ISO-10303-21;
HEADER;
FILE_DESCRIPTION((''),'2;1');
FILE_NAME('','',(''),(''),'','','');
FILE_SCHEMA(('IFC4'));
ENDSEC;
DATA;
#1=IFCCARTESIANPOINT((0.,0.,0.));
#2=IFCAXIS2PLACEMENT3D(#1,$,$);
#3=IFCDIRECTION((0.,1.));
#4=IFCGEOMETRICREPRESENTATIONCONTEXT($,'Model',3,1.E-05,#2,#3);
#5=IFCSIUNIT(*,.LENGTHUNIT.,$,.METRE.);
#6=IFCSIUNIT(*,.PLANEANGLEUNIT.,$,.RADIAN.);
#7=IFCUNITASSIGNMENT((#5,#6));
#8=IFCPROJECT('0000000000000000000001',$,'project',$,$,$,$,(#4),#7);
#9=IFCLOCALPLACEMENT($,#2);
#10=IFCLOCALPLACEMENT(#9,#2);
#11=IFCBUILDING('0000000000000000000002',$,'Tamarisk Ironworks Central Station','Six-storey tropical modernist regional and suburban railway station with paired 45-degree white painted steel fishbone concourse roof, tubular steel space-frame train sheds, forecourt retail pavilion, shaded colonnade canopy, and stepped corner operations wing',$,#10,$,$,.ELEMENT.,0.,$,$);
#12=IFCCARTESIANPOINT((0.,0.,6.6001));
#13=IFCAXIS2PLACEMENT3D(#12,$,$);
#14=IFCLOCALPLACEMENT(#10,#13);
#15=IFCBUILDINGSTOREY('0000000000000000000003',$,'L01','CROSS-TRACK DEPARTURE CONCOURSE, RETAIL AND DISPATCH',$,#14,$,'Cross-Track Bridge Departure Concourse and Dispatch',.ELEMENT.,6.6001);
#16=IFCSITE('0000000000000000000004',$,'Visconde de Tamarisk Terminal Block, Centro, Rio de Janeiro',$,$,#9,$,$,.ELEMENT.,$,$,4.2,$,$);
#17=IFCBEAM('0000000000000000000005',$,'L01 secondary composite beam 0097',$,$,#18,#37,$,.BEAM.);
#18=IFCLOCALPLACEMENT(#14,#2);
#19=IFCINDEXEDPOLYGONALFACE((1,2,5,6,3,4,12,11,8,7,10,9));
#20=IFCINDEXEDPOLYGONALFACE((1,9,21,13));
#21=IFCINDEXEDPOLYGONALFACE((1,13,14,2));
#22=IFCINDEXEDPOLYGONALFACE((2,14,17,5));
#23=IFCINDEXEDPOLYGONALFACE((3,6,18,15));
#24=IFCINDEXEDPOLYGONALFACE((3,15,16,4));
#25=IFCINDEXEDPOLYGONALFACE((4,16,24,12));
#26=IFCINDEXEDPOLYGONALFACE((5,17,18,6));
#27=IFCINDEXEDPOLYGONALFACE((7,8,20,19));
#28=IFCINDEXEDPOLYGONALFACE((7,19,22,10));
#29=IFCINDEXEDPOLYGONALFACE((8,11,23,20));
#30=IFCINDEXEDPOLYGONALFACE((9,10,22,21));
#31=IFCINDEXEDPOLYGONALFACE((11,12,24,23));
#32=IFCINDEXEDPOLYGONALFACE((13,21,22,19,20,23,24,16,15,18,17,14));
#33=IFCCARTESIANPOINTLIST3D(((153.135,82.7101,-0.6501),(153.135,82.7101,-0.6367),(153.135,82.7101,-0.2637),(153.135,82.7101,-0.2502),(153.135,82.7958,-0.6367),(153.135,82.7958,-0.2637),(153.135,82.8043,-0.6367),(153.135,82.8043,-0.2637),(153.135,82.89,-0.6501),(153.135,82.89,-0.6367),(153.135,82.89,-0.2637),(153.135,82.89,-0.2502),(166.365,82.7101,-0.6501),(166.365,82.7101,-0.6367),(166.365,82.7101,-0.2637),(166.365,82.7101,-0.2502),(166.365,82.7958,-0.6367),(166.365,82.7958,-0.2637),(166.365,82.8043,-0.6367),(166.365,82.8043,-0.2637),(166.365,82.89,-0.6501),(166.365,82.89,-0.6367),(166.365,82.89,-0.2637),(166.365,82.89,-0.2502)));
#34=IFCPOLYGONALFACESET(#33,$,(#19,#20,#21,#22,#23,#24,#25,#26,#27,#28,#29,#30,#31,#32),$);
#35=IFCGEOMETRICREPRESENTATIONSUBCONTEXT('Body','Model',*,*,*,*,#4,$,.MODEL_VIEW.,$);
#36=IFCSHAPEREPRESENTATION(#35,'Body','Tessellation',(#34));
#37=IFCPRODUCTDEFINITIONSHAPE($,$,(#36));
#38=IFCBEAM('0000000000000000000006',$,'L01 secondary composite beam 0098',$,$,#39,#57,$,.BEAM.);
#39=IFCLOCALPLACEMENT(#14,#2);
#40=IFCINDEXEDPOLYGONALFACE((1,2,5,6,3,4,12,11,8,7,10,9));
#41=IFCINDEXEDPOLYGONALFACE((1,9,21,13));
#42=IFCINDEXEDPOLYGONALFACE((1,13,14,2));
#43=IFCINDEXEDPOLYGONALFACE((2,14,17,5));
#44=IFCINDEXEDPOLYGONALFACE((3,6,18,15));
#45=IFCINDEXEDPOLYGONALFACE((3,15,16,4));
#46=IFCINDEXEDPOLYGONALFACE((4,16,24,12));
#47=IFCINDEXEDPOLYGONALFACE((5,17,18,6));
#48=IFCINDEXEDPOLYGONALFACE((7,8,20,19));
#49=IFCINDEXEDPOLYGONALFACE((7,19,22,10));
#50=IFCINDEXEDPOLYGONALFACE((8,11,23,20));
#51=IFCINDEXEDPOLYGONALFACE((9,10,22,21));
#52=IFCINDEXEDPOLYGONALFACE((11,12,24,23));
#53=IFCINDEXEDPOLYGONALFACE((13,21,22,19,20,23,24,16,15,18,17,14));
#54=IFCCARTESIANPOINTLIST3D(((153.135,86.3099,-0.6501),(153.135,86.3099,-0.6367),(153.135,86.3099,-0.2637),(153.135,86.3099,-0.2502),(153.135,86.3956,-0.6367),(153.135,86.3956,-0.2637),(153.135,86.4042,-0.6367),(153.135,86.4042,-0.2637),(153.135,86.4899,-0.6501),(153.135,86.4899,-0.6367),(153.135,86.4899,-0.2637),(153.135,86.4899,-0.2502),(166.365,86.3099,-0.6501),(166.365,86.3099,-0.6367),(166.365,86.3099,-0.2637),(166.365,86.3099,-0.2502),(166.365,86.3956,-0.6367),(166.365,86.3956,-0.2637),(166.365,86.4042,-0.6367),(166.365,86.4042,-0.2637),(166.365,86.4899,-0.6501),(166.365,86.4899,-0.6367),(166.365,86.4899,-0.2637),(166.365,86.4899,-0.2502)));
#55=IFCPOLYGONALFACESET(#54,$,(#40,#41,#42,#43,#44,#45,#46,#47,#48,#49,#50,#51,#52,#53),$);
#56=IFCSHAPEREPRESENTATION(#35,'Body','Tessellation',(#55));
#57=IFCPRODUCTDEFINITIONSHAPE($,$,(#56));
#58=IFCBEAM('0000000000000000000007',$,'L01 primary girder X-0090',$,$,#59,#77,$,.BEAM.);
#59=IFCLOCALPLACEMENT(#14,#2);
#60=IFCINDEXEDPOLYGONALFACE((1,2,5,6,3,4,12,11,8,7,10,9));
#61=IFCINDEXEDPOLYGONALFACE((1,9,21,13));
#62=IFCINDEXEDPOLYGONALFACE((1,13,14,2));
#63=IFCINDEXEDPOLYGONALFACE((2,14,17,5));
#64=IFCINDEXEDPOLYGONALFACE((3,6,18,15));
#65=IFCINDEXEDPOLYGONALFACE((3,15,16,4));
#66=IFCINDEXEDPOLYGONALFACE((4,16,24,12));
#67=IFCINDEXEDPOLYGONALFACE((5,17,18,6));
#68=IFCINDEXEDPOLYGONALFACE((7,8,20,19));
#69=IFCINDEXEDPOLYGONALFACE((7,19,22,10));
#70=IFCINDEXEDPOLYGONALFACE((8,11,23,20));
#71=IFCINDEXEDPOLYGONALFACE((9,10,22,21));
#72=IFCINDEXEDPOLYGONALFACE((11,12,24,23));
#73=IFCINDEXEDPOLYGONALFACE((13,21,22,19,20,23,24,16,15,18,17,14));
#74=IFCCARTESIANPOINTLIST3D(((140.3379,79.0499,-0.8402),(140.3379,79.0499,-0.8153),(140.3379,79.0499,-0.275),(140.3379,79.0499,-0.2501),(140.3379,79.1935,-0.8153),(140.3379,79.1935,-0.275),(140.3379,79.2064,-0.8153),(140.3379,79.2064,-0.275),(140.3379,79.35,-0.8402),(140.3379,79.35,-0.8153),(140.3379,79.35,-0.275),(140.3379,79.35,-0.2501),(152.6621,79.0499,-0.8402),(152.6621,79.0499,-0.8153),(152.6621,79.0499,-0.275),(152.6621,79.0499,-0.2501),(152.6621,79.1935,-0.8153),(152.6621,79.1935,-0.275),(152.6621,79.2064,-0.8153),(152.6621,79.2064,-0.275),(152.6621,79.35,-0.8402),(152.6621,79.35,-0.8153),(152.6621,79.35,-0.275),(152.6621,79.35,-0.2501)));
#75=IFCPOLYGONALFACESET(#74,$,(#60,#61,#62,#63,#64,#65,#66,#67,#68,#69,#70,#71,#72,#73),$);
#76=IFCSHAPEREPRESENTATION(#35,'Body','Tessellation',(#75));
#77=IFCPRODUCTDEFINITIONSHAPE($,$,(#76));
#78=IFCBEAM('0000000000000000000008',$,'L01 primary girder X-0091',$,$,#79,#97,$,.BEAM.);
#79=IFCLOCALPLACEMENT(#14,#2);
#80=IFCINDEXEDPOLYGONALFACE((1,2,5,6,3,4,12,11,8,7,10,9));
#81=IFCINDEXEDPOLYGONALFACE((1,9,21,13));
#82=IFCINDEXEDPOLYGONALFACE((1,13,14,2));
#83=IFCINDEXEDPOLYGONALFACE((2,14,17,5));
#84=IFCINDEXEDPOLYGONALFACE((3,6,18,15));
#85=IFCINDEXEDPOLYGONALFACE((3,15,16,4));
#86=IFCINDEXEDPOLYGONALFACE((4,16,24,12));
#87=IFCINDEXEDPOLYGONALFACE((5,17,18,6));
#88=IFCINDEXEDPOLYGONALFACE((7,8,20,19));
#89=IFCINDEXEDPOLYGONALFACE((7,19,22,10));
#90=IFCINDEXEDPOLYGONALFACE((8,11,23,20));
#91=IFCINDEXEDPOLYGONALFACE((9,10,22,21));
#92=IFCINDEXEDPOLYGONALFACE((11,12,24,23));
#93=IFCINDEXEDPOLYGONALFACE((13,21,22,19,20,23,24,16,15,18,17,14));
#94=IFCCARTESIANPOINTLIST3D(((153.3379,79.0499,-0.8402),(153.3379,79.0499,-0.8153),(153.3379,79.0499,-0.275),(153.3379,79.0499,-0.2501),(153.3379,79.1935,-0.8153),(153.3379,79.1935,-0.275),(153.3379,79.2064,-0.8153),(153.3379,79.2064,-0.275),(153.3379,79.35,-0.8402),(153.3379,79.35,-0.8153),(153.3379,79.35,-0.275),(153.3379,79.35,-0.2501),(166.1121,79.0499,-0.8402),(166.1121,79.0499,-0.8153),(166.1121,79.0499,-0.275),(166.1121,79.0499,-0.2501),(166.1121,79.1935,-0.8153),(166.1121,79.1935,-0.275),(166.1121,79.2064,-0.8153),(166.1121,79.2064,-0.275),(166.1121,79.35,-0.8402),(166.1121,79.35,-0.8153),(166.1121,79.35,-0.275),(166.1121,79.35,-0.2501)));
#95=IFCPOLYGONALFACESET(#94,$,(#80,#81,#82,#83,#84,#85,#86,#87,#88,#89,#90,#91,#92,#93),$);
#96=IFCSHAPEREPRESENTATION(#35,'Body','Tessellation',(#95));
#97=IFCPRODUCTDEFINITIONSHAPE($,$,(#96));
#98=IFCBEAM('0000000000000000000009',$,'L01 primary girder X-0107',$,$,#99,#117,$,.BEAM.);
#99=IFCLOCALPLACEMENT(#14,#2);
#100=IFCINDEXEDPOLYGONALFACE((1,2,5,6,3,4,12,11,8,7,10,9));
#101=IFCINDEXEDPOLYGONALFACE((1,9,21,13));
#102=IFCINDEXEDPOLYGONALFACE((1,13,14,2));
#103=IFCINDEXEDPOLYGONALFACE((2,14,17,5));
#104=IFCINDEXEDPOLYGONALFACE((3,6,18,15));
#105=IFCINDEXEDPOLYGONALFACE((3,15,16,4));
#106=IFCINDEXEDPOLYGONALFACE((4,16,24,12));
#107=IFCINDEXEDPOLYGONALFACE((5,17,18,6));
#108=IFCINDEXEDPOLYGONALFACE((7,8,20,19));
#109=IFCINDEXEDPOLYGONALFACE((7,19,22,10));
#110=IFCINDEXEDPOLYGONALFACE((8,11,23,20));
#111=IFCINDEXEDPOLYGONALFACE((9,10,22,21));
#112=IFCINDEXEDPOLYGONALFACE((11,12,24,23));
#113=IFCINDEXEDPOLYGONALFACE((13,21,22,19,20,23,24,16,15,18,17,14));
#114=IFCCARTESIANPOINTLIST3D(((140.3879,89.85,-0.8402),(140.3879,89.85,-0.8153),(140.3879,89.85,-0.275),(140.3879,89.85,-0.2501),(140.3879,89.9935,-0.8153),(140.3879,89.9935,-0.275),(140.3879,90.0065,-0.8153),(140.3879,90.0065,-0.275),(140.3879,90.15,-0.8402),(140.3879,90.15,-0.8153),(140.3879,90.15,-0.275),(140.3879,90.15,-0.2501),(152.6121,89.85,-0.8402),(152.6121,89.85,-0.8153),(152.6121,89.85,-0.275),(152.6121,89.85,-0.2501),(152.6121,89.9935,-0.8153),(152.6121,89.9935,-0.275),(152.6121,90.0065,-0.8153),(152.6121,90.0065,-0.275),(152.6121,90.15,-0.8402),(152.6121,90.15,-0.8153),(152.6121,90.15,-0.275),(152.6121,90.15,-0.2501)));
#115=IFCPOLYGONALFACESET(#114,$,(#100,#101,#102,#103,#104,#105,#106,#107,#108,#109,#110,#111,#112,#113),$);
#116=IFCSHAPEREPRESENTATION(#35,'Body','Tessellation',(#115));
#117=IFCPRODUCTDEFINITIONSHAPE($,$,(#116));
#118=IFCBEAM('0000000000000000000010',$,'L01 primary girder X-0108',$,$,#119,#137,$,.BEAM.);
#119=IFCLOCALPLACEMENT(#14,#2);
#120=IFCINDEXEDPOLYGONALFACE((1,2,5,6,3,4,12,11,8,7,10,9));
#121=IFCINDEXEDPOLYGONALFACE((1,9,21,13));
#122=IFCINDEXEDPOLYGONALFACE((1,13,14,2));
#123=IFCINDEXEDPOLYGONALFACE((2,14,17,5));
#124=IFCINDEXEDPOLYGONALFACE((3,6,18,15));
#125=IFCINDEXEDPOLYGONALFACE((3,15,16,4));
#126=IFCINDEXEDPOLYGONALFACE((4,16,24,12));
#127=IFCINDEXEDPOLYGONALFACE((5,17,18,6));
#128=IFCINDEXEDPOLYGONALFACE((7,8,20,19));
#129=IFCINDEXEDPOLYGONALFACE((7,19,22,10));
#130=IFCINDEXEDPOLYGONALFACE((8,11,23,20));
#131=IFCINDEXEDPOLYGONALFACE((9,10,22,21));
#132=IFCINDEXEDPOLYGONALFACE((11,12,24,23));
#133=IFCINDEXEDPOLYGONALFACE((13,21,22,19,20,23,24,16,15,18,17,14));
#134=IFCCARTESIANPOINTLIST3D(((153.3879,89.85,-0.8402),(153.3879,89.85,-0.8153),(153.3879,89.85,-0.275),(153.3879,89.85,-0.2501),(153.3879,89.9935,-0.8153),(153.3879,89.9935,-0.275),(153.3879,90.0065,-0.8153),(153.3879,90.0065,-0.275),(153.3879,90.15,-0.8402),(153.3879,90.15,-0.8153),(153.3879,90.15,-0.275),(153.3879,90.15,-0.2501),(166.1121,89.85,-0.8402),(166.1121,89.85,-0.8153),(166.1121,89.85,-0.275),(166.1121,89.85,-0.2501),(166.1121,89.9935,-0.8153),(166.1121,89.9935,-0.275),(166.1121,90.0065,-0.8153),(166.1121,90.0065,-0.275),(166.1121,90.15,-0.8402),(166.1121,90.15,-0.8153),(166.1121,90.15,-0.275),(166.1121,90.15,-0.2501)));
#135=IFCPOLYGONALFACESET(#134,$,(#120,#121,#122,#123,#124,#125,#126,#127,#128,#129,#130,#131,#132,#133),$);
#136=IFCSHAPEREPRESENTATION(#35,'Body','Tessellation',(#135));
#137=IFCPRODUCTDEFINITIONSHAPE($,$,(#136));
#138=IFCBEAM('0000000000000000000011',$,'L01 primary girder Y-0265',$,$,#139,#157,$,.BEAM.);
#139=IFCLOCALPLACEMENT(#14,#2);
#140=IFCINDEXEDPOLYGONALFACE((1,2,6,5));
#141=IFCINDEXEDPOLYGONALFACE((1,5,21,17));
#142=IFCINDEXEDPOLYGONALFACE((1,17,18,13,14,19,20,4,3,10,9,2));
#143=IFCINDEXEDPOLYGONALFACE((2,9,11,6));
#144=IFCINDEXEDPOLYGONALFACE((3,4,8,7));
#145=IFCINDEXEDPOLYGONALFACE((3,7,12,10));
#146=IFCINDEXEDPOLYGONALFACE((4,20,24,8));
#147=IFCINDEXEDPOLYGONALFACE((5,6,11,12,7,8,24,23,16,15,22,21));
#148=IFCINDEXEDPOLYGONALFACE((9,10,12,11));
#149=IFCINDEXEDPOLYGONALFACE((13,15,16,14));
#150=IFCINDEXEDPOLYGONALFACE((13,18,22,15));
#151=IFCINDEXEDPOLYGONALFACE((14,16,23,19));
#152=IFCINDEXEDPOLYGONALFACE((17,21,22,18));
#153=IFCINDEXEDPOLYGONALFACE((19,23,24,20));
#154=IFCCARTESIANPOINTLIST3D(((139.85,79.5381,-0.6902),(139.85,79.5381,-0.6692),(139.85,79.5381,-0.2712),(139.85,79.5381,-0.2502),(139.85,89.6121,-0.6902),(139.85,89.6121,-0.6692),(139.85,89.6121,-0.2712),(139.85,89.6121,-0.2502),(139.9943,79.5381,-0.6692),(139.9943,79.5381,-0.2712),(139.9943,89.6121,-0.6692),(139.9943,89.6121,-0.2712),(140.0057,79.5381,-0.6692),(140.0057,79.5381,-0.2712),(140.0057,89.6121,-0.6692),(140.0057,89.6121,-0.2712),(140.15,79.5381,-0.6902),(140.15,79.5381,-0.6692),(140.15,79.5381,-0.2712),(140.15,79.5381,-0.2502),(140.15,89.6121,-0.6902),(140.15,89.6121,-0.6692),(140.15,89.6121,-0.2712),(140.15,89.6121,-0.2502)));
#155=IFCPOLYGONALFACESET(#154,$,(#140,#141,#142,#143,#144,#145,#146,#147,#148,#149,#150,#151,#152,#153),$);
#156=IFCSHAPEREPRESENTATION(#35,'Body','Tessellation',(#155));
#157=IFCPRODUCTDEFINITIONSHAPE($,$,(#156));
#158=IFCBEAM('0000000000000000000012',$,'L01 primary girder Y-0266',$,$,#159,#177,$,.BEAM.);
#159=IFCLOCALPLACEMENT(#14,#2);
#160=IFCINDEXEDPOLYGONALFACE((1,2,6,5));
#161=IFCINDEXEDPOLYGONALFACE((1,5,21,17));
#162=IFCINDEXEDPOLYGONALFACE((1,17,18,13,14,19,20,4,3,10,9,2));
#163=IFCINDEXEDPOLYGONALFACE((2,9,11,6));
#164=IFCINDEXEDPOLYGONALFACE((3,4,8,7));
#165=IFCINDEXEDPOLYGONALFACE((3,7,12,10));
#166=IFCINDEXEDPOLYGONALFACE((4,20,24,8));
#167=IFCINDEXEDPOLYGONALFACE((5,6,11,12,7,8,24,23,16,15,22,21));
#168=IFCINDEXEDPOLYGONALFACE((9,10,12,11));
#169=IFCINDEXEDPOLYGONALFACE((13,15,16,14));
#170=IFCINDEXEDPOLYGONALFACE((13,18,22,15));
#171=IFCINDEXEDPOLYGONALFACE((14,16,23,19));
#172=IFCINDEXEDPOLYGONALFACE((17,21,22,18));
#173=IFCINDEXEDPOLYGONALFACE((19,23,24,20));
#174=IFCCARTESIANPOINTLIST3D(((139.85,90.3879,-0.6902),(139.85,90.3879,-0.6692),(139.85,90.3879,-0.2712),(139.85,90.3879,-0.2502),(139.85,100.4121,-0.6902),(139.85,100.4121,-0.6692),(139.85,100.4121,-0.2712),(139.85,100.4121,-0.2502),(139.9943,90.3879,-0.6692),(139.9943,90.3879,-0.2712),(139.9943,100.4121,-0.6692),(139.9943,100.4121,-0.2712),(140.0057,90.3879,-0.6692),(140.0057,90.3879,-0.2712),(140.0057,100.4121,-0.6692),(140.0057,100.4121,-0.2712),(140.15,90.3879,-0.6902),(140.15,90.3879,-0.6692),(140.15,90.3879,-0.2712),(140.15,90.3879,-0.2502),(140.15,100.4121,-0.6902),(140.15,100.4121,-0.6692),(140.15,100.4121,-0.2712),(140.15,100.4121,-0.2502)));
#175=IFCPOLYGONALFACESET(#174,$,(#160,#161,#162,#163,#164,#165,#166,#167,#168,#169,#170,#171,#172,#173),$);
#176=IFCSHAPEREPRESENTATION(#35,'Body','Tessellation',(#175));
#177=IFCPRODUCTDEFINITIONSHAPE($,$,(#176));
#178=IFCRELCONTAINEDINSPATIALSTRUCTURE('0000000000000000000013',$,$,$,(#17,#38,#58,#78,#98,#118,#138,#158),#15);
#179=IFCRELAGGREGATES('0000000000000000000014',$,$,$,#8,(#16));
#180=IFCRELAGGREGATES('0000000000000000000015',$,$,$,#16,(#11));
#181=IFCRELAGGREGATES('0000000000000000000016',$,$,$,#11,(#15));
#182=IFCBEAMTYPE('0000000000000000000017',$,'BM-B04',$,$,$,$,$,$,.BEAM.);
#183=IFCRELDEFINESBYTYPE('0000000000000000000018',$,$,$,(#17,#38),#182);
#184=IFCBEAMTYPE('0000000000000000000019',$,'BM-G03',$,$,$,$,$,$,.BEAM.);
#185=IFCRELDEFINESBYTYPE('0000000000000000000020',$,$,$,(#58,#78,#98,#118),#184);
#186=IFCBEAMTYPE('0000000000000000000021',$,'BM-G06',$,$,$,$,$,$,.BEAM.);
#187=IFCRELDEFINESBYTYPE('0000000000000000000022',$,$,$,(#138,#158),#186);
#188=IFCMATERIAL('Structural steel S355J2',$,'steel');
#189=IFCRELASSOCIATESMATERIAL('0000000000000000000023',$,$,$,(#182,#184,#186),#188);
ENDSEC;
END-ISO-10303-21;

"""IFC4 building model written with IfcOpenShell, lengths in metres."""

from ifc_helpers import new_model, si_unit, direction, frame, origin, origin_2d, place, context, subcontext, project, spatial, i_section, extrude, material, material_profile, profile_set, type_object, element, save


model = new_model("IFC4")

# Units and contexts
model_context = context("Model", 3, precision=1e-05, world=origin(), true_north=direction((0.0, 1.0)))
body_context = subcontext(model_context, "Body", "Model", "MODEL_VIEW")
ifc_project = project(units=[si_unit("LENGTHUNIT", "METRE"), si_unit("PLANEANGLEUNIT", "RADIAN")], contexts=[model_context])

# Site, building, storey
site_placement = place(None, origin())
site = spatial("IfcSite", under=ifc_project, at=site_placement, Name="Visconde de Tamarisk Terminal Block, Centro, Rio de Janeiro", CompositionType="ELEMENT", RefElevation=4.2)
building_placement = place(site_placement, origin())
building = spatial("IfcBuilding", under=site, at=building_placement, Name="Tamarisk Ironworks Central Station", Description="Six-storey tropical modernist regional and suburban railway station with paired 45-degree white painted steel fishbone concourse roof, tubular steel space-frame train sheds, forecourt retail pavilion, shaded colonnade canopy, and stepped corner operations wing", CompositionType="ELEMENT", ElevationOfRefHeight=0.0)
storey_placement = place(building_placement, frame((0.0, 0.0, 6.6001)))
storey = spatial("IfcBuildingStorey", under=building, at=storey_placement, Name="L01", Description="CROSS-TRACK DEPARTURE CONCOURSE, RETAIL AND DISPATCH", LongName="Cross-Track Bridge Departure Concourse and Dispatch", CompositionType="ELEMENT", Elevation=6.6001)

# Shared definitions
ifc_material_1 = material(Name="Structural steel S355J2", Category="steel")

# Beams
ifc_material_profile_1 = material_profile(ifc_material_1, i_section(OverallWidth=0.1799, OverallDepth=0.3999, WebThickness=0.0085, FlangeThickness=0.0134, at=origin_2d()), Name="IPE 400")
ifc_profile_set_1 = profile_set([ifc_material_profile_1], Name="Structural steel S355J2")
beam_type_1 = type_object("IfcBeamType", Name="BM-B04", PredefinedType="BEAM", material=ifc_profile_set_1)
for number, where, z_axis, x_axis, name in (
    (1, (153.135, 82.8, -0.4502), (1.0, 0.0, 0.0), (0.0, 1.0, 0.0), "L01 secondary composite beam 0097"),
    (2, (153.135, 86.3999, -0.4502), (1.0, 0.0, 0.0), (0.0, 1.0, 0.0), "L01 secondary composite beam 0098"),
):
    element("IfcBeam", number, at=place(storey_placement, frame(where, z_axis=z_axis, x_axis=x_axis)), inside=storey, type_object=beam_type_1, Name=name, PredefinedType="BEAM", context=body_context, shape_type="SweptSolid", body=[
        extrude(i_section(OverallWidth=0.1799, OverallDepth=0.3999, WebThickness=0.0085, FlangeThickness=0.0134, at=origin_2d()), origin(), (0.0, 0.0, 1.0), 13.23),
    ])
ifc_material_profile_2 = material_profile(ifc_material_1, i_section(OverallWidth=0.3, OverallDepth=0.5901, WebThickness=0.0129, FlangeThickness=0.0249, at=origin_2d()), Name="HEA 600")
ifc_profile_set_2 = profile_set([ifc_material_profile_2], Name="Structural steel S355J2")
beam_type_2 = type_object("IfcBeamType", Name="BM-G03", PredefinedType="BEAM", material=ifc_profile_set_2)
beam_1_placement = place(storey_placement, frame((140.3379, 79.2, -0.5452), z_axis=(1.0, 0.0, 0.0), x_axis=(0.0, 1.0, 0.0)))
element("IfcBeam", 3, at=beam_1_placement, inside=storey, type_object=beam_type_2, Name="L01 primary girder X-0090", PredefinedType="BEAM", context=body_context, shape_type="SweptSolid", body=[
    extrude(i_section(OverallWidth=0.3, OverallDepth=0.5901, WebThickness=0.0129, FlangeThickness=0.0249, at=origin_2d()), origin(), (0.0, 0.0, 1.0), 12.3242),
])
beam_2_placement = place(storey_placement, frame((153.3379, 79.2, -0.5452), z_axis=(1.0, 0.0, 0.0), x_axis=(0.0, 1.0, 0.0)))
element("IfcBeam", 4, at=beam_2_placement, inside=storey, type_object=beam_type_2, Name="L01 primary girder X-0091", PredefinedType="BEAM", context=body_context, shape_type="SweptSolid", body=[
    extrude(i_section(OverallWidth=0.3, OverallDepth=0.5901, WebThickness=0.0129, FlangeThickness=0.0249, at=origin_2d()), origin(), (0.0, 0.0, 1.0), 12.7742),
])
beam_3_placement = place(storey_placement, frame((140.3879, 90.0, -0.5452), z_axis=(1.0, 0.0, 0.0), x_axis=(0.0, 1.0, 0.0)))
element("IfcBeam", 5, at=beam_3_placement, inside=storey, type_object=beam_type_2, Name="L01 primary girder X-0107", PredefinedType="BEAM", context=body_context, shape_type="SweptSolid", body=[
    extrude(i_section(OverallWidth=0.3, OverallDepth=0.5901, WebThickness=0.0129, FlangeThickness=0.0249, at=origin_2d()), origin(), (0.0, 0.0, 1.0), 12.2241),
])
beam_4_placement = place(storey_placement, frame((153.3879, 90.0, -0.5452), z_axis=(1.0, 0.0, 0.0), x_axis=(0.0, 1.0, 0.0)))
element("IfcBeam", 6, at=beam_4_placement, inside=storey, type_object=beam_type_2, Name="L01 primary girder X-0108", PredefinedType="BEAM", context=body_context, shape_type="SweptSolid", body=[
    extrude(i_section(OverallWidth=0.3, OverallDepth=0.5901, WebThickness=0.0129, FlangeThickness=0.0249, at=origin_2d()), origin(), (0.0, 0.0, 1.0), 12.7241),
])
ifc_material_profile_3 = material_profile(ifc_material_1, i_section(OverallWidth=0.3, OverallDepth=0.4399, WebThickness=0.0115, FlangeThickness=0.021, at=origin_2d()), Name="HEA 450")
ifc_profile_set_3 = profile_set([ifc_material_profile_3], Name="Structural steel S355J2")
beam_type_3 = type_object("IfcBeamType", Name="BM-G06", PredefinedType="BEAM", material=ifc_profile_set_3)
beam_5_placement = place(storey_placement, frame((140.0, 79.5381, -0.4702), z_axis=(0.0, 1.0, 0.0), x_axis=(-1.0, 0.0, 0.0)))
element("IfcBeam", 7, at=beam_5_placement, inside=storey, type_object=beam_type_3, Name="L01 primary girder Y-0265", PredefinedType="BEAM", context=body_context, shape_type="SweptSolid", body=[
    extrude(i_section(OverallWidth=0.3, OverallDepth=0.4399, WebThickness=0.0115, FlangeThickness=0.021, at=origin_2d()), origin(), (0.0, 0.0, 1.0), 10.074),
])
beam_6_placement = place(storey_placement, frame((140.0, 90.3879, -0.4702), z_axis=(0.0, 1.0, 0.0), x_axis=(-1.0, 0.0, 0.0)))
element("IfcBeam", 8, at=beam_6_placement, inside=storey, type_object=beam_type_3, Name="L01 primary girder Y-0266", PredefinedType="BEAM", context=body_context, shape_type="SweptSolid", body=[
    extrude(i_section(OverallWidth=0.3, OverallDepth=0.4399, WebThickness=0.0115, FlangeThickness=0.021, at=origin_2d()), origin(), (0.0, 0.0, 1.0), 10.0242),
])

save(model, "model.ifc")
